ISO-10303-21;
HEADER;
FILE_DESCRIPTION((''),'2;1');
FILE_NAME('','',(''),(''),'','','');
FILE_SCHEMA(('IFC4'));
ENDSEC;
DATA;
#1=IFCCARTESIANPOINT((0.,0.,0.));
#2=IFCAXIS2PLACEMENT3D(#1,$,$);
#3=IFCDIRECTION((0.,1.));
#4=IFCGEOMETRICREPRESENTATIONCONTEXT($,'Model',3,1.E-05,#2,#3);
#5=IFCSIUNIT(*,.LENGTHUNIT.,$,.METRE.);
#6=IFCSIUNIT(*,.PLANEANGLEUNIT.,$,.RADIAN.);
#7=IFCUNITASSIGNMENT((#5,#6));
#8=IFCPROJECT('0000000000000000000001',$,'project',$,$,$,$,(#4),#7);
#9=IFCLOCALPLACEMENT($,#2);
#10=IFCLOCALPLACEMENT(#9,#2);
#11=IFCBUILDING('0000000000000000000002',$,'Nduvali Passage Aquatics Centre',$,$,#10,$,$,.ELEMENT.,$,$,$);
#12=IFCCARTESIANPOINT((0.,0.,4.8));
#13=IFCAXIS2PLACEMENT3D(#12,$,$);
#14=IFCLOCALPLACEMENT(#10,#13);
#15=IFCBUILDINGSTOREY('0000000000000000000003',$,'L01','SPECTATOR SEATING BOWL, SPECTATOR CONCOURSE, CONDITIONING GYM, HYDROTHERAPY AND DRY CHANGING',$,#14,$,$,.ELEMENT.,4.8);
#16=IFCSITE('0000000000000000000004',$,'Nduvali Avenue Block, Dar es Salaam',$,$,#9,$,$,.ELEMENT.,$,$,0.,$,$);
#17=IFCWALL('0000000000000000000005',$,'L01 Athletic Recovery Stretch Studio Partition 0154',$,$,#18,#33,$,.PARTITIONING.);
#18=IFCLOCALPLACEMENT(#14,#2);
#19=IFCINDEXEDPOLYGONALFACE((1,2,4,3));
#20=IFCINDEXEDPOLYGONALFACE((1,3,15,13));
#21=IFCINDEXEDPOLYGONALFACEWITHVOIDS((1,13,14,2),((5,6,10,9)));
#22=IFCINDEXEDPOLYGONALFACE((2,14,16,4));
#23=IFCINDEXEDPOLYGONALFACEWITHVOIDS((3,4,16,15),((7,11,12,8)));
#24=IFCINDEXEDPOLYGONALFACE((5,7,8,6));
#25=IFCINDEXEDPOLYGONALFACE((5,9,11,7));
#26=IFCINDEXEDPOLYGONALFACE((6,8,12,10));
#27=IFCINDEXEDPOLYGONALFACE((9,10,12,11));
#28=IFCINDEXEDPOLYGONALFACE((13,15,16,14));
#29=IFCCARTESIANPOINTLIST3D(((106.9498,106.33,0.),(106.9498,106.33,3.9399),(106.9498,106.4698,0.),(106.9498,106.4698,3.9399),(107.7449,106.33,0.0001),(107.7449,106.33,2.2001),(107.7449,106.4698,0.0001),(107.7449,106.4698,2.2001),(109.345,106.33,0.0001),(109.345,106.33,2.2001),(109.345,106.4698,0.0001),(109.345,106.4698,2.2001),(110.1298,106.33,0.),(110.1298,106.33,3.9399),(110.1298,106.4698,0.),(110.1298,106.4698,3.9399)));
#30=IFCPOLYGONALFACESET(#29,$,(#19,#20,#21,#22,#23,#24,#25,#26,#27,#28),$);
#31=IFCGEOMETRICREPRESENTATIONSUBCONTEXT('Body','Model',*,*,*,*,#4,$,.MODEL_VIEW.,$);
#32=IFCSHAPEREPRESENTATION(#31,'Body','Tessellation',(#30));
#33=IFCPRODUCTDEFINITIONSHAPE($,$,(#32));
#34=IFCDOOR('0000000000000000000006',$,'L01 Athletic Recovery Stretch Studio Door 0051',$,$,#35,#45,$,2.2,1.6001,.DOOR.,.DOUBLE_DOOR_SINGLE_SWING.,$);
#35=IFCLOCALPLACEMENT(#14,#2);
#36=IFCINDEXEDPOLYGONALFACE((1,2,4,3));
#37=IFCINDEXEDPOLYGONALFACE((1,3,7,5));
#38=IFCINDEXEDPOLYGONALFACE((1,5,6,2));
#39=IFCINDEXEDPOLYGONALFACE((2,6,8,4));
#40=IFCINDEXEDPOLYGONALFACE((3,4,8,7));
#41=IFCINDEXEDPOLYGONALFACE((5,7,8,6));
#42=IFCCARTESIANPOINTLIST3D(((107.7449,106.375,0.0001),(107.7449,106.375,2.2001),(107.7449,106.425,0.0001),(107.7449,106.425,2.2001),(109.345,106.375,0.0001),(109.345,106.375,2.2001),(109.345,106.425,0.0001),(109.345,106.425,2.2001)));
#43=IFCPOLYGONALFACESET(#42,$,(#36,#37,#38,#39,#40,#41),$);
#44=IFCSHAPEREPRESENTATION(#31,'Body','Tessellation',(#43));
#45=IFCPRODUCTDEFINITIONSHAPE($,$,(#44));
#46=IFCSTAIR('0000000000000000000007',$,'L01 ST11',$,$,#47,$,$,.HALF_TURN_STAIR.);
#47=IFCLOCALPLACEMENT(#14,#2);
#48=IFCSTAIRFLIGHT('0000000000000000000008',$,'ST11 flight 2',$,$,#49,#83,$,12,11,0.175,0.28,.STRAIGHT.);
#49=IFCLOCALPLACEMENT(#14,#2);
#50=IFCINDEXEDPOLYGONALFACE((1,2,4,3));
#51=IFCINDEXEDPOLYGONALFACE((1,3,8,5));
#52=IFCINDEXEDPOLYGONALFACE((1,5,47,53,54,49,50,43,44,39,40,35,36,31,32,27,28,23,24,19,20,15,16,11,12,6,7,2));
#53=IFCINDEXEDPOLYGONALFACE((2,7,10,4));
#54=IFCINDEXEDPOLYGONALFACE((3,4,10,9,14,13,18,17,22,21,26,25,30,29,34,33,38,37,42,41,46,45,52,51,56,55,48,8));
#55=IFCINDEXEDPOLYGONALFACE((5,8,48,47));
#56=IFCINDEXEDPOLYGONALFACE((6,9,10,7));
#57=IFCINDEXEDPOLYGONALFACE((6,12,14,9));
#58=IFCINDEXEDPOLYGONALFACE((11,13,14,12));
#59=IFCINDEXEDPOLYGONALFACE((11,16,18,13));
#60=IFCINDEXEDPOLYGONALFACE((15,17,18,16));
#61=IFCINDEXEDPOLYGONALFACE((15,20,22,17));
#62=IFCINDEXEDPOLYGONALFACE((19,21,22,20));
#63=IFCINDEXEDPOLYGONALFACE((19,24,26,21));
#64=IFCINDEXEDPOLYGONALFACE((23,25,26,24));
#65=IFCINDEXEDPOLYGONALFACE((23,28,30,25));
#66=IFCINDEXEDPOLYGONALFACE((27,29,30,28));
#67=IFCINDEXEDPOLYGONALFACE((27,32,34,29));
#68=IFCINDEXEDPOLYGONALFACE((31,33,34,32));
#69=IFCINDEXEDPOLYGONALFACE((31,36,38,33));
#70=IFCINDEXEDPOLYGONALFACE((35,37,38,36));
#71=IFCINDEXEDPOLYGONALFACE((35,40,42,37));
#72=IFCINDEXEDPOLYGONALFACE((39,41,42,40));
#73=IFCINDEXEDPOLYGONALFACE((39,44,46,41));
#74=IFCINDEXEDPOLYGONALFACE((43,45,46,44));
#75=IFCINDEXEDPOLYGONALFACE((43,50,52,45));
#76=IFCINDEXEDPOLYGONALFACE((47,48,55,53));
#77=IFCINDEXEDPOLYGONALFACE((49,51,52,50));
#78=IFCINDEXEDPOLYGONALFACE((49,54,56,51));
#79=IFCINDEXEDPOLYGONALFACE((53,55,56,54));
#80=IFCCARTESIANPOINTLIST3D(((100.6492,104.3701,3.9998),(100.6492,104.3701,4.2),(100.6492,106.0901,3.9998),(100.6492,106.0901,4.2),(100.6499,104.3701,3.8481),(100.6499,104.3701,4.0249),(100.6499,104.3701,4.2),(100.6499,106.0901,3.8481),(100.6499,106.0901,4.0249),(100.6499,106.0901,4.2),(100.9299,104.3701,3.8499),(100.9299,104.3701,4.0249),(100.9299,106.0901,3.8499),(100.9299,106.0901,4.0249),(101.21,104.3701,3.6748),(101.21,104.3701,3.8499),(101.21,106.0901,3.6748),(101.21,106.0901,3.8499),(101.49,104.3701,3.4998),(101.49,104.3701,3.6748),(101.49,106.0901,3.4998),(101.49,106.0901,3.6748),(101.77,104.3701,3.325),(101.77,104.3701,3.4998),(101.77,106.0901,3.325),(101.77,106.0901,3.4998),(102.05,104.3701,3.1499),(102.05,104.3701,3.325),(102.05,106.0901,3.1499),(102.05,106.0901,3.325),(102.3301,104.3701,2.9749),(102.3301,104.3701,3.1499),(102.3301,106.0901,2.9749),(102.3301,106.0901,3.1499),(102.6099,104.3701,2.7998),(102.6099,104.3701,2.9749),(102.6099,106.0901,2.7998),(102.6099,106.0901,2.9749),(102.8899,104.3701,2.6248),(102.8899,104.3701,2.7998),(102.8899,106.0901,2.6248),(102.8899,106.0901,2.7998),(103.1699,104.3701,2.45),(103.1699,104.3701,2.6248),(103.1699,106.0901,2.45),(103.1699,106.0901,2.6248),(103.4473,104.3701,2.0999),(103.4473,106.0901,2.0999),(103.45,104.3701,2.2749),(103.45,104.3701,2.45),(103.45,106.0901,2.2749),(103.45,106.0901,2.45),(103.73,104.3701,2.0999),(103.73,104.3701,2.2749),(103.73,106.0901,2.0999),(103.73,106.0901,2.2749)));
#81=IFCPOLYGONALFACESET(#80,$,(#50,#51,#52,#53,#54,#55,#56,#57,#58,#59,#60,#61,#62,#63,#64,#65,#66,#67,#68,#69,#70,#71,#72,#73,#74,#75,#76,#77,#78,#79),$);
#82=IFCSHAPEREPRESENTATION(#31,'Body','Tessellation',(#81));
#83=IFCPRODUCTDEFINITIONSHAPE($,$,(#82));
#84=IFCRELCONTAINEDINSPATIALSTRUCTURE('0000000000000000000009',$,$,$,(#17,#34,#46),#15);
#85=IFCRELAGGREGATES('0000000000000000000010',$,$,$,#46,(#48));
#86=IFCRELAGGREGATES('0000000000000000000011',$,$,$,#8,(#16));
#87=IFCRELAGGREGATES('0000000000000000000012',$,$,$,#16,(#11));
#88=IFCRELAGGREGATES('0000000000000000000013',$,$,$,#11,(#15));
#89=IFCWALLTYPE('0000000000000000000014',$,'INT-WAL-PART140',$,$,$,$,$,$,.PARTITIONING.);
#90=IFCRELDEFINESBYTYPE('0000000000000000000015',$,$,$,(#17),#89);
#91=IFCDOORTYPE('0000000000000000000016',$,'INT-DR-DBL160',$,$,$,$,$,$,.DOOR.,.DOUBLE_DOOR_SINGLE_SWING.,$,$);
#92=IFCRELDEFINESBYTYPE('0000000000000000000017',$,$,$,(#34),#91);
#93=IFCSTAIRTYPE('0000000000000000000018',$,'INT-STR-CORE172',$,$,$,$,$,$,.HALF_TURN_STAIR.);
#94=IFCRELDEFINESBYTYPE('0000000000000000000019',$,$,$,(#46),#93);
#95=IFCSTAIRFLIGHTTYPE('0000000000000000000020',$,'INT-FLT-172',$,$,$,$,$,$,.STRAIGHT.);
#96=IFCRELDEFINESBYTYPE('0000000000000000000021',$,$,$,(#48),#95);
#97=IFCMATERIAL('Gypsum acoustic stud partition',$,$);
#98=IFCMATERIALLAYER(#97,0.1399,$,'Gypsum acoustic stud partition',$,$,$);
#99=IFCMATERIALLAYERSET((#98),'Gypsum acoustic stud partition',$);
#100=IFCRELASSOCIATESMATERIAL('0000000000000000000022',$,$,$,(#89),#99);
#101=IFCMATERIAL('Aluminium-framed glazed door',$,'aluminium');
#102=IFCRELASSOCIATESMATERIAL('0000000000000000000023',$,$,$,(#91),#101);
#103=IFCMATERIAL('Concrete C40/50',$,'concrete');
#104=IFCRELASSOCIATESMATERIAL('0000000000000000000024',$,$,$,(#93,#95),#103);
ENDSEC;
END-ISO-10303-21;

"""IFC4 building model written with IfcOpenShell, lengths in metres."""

from ifc_helpers import new_model, si_unit, direction, frame, frame_2d, origin, place, context, subcontext, project, spatial, polyline, rectangle, outline, extrude, material, layer, layer_set, type_object, element, fill, aggregate, save


model = new_model("IFC4")

# Units and contexts
model_context = context("Model", 3, precision=1e-05, world=origin(), true_north=direction((0.0, 1.0)))
body_context = subcontext(model_context, "Body", "Model", "MODEL_VIEW")
ifc_project = project(units=[si_unit("LENGTHUNIT", "METRE"), si_unit("PLANEANGLEUNIT", "RADIAN")], contexts=[model_context])

# Site, building, storey
site_placement = place(None, origin())
site = spatial("IfcSite", under=ifc_project, at=site_placement, Name="Nduvali Avenue Block, Dar es Salaam", CompositionType="ELEMENT", RefElevation=0.0)
building_placement = place(site_placement, origin())
building = spatial("IfcBuilding", under=site, at=building_placement, Name="Nduvali Passage Aquatics Centre", CompositionType="ELEMENT")
storey_placement = place(building_placement, frame((0.0, 0.0, 4.8)))
storey = spatial("IfcBuildingStorey", under=building, at=storey_placement, Name="L01", Description="SPECTATOR SEATING BOWL, SPECTATOR CONCOURSE, CONDITIONING GYM, HYDROTHERAPY AND DRY CHANGING", CompositionType="ELEMENT", Elevation=4.8)

# Shared definitions
ifc_material_1 = material(Name="Concrete C40/50", Category="concrete")

# Wall, opening, door
ifc_material_2 = material(Name="Gypsum acoustic stud partition")
ifc_layer_1 = layer(ifc_material_2, 0.1399, Name="Gypsum acoustic stud partition")
ifc_layer_set_1 = layer_set([ifc_layer_1], Name="Gypsum acoustic stud partition")
wall_type_1 = type_object("IfcWallType", Name="INT-WAL-PART140", PredefinedType="PARTITIONING", material=ifc_layer_set_1)
wall_1_placement = place(storey_placement, frame((106.95, 106.3999, 0.0), z_axis=(0.0, 0.0, 1.0), x_axis=(1.0, 0.0, 0.0)))
wall_1 = element("IfcWall", 1, at=wall_1_placement, inside=storey, type_object=wall_type_1, Name="L01 Athletic Recovery Stretch Studio Partition 0154", PredefinedType="PARTITIONING", context=body_context, shape_type="SweptSolid", body=[
    extrude(rectangle(XDim=3.1799, YDim=0.1399, at=frame_2d((1.5898, 0.0))), origin(), (0.0, 0.0, 1.0), 3.9399),
])
opening_1_placement = place(wall_1_placement, frame((0.7949, 0.0, 0.0)))
opening_1 = element("IfcOpeningElement", 2, at=opening_1_placement, cuts=wall_1, PredefinedType="OPENING", context=body_context, shape_type="SweptSolid", body=[
    extrude(rectangle(XDim=1.6001, YDim=2.2, at=frame_2d((0.8, 1.1001))), frame((0.0, 0.085, 0.0), z_axis=(0.0, -1.0, 0.0), x_axis=(1.0, 0.0, 0.0)), (0.0, 0.0, 1.0), 0.1697),
])
ifc_material_3 = material(Name="Aluminium-framed glazed door", Category="aluminium")
door_type_1 = type_object("IfcDoorType", Name="INT-DR-DBL160", OperationType="DOUBLE_DOOR_SINGLE_SWING", PredefinedType="DOOR", material=ifc_material_3)
door_1_placement = place(opening_1_placement, frame((1.6001, 0.0, 0.0), z_axis=(0.0, 0.0, 1.0), x_axis=(-1.0, 0.0, 0.0)))
door_1 = element("IfcDoor", 3, at=door_1_placement, inside=storey, type_object=door_type_1, Name="L01 Athletic Recovery Stretch Studio Door 0051", OperationType="DOUBLE_DOOR_SINGLE_SWING", OverallHeight=2.2, OverallWidth=1.6001, PredefinedType="DOOR", context=body_context, shape_type="SweptSolid", body=[
    extrude(rectangle(XDim=1.6001, YDim=2.2, at=frame_2d((0.8, 1.1001))), frame((0.0, 0.0249, 0.0), z_axis=(0.0, -1.0, 0.0), x_axis=(1.0, 0.0, 0.0)), (0.0, 0.0, 1.0), 0.05),
])
fill(opening_1, door_1)

# Stair, stair flight
stair_type = type_object("IfcStairType", Name="INT-STR-CORE172", PredefinedType="HALF_TURN_STAIR", material=ifc_material_1)
stair_placement = place(storey_placement, origin())
stair = element("IfcStair", 4, at=stair_placement, inside=storey, type_object=stair_type, Name="L01 ST11", PredefinedType="HALF_TURN_STAIR")
stair_flight_type = type_object("IfcStairFlightType", Name="INT-FLT-172", PredefinedType="STRAIGHT", material=ifc_material_1)
stair_flight_placement = place(storey_placement, frame((103.73, 105.23, 2.0999), z_axis=(0.0, 0.0, 1.0), x_axis=(-1.0, 0.0, 0.0)))
stair_flight = element("IfcStairFlight", 5, at=stair_flight_placement, type_object=stair_flight_type, Name="ST11 flight 2", NumberOfRisers=12, NumberOfTreads=11, PredefinedType="STRAIGHT", RiserHeight=0.175, TreadLength=0.28, context=body_context, shape_type="SweptSolid", body=[
    extrude(outline(polyline([(0.0, 0.0), (0.0, 0.175), (0.28, 0.175), (0.28, 0.3501), (0.5601, 0.3501), (0.5601, 0.5249), (0.8401, 0.5249), (0.8401, 0.7), (1.1201, 0.7), (1.1201, 0.875), (1.3999, 0.875), (1.3999, 1.05), (1.6799, 1.05), (1.6799, 1.2251), (1.96, 1.2251), (1.96, 1.3999), (2.24, 1.3999), (2.24, 1.575), (2.52, 1.575), (2.52, 1.75), (2.8, 1.75), (2.8, 1.925), (3.0801, 1.925), (3.0801, 2.1001), (3.0808, 2.1001), (3.0808, 1.8999), (3.0801, 1.7483), (0.2827, 0.0), (0.0, 0.0)])), frame((0.0, 0.8599, 0.0), z_axis=(0.0, -1.0, 0.0), x_axis=(1.0, 0.0, 0.0)), (0.0, 0.0, 1.0), 1.72),
])
aggregate(stair, [stair_flight])

save(model, "model.ifc")
